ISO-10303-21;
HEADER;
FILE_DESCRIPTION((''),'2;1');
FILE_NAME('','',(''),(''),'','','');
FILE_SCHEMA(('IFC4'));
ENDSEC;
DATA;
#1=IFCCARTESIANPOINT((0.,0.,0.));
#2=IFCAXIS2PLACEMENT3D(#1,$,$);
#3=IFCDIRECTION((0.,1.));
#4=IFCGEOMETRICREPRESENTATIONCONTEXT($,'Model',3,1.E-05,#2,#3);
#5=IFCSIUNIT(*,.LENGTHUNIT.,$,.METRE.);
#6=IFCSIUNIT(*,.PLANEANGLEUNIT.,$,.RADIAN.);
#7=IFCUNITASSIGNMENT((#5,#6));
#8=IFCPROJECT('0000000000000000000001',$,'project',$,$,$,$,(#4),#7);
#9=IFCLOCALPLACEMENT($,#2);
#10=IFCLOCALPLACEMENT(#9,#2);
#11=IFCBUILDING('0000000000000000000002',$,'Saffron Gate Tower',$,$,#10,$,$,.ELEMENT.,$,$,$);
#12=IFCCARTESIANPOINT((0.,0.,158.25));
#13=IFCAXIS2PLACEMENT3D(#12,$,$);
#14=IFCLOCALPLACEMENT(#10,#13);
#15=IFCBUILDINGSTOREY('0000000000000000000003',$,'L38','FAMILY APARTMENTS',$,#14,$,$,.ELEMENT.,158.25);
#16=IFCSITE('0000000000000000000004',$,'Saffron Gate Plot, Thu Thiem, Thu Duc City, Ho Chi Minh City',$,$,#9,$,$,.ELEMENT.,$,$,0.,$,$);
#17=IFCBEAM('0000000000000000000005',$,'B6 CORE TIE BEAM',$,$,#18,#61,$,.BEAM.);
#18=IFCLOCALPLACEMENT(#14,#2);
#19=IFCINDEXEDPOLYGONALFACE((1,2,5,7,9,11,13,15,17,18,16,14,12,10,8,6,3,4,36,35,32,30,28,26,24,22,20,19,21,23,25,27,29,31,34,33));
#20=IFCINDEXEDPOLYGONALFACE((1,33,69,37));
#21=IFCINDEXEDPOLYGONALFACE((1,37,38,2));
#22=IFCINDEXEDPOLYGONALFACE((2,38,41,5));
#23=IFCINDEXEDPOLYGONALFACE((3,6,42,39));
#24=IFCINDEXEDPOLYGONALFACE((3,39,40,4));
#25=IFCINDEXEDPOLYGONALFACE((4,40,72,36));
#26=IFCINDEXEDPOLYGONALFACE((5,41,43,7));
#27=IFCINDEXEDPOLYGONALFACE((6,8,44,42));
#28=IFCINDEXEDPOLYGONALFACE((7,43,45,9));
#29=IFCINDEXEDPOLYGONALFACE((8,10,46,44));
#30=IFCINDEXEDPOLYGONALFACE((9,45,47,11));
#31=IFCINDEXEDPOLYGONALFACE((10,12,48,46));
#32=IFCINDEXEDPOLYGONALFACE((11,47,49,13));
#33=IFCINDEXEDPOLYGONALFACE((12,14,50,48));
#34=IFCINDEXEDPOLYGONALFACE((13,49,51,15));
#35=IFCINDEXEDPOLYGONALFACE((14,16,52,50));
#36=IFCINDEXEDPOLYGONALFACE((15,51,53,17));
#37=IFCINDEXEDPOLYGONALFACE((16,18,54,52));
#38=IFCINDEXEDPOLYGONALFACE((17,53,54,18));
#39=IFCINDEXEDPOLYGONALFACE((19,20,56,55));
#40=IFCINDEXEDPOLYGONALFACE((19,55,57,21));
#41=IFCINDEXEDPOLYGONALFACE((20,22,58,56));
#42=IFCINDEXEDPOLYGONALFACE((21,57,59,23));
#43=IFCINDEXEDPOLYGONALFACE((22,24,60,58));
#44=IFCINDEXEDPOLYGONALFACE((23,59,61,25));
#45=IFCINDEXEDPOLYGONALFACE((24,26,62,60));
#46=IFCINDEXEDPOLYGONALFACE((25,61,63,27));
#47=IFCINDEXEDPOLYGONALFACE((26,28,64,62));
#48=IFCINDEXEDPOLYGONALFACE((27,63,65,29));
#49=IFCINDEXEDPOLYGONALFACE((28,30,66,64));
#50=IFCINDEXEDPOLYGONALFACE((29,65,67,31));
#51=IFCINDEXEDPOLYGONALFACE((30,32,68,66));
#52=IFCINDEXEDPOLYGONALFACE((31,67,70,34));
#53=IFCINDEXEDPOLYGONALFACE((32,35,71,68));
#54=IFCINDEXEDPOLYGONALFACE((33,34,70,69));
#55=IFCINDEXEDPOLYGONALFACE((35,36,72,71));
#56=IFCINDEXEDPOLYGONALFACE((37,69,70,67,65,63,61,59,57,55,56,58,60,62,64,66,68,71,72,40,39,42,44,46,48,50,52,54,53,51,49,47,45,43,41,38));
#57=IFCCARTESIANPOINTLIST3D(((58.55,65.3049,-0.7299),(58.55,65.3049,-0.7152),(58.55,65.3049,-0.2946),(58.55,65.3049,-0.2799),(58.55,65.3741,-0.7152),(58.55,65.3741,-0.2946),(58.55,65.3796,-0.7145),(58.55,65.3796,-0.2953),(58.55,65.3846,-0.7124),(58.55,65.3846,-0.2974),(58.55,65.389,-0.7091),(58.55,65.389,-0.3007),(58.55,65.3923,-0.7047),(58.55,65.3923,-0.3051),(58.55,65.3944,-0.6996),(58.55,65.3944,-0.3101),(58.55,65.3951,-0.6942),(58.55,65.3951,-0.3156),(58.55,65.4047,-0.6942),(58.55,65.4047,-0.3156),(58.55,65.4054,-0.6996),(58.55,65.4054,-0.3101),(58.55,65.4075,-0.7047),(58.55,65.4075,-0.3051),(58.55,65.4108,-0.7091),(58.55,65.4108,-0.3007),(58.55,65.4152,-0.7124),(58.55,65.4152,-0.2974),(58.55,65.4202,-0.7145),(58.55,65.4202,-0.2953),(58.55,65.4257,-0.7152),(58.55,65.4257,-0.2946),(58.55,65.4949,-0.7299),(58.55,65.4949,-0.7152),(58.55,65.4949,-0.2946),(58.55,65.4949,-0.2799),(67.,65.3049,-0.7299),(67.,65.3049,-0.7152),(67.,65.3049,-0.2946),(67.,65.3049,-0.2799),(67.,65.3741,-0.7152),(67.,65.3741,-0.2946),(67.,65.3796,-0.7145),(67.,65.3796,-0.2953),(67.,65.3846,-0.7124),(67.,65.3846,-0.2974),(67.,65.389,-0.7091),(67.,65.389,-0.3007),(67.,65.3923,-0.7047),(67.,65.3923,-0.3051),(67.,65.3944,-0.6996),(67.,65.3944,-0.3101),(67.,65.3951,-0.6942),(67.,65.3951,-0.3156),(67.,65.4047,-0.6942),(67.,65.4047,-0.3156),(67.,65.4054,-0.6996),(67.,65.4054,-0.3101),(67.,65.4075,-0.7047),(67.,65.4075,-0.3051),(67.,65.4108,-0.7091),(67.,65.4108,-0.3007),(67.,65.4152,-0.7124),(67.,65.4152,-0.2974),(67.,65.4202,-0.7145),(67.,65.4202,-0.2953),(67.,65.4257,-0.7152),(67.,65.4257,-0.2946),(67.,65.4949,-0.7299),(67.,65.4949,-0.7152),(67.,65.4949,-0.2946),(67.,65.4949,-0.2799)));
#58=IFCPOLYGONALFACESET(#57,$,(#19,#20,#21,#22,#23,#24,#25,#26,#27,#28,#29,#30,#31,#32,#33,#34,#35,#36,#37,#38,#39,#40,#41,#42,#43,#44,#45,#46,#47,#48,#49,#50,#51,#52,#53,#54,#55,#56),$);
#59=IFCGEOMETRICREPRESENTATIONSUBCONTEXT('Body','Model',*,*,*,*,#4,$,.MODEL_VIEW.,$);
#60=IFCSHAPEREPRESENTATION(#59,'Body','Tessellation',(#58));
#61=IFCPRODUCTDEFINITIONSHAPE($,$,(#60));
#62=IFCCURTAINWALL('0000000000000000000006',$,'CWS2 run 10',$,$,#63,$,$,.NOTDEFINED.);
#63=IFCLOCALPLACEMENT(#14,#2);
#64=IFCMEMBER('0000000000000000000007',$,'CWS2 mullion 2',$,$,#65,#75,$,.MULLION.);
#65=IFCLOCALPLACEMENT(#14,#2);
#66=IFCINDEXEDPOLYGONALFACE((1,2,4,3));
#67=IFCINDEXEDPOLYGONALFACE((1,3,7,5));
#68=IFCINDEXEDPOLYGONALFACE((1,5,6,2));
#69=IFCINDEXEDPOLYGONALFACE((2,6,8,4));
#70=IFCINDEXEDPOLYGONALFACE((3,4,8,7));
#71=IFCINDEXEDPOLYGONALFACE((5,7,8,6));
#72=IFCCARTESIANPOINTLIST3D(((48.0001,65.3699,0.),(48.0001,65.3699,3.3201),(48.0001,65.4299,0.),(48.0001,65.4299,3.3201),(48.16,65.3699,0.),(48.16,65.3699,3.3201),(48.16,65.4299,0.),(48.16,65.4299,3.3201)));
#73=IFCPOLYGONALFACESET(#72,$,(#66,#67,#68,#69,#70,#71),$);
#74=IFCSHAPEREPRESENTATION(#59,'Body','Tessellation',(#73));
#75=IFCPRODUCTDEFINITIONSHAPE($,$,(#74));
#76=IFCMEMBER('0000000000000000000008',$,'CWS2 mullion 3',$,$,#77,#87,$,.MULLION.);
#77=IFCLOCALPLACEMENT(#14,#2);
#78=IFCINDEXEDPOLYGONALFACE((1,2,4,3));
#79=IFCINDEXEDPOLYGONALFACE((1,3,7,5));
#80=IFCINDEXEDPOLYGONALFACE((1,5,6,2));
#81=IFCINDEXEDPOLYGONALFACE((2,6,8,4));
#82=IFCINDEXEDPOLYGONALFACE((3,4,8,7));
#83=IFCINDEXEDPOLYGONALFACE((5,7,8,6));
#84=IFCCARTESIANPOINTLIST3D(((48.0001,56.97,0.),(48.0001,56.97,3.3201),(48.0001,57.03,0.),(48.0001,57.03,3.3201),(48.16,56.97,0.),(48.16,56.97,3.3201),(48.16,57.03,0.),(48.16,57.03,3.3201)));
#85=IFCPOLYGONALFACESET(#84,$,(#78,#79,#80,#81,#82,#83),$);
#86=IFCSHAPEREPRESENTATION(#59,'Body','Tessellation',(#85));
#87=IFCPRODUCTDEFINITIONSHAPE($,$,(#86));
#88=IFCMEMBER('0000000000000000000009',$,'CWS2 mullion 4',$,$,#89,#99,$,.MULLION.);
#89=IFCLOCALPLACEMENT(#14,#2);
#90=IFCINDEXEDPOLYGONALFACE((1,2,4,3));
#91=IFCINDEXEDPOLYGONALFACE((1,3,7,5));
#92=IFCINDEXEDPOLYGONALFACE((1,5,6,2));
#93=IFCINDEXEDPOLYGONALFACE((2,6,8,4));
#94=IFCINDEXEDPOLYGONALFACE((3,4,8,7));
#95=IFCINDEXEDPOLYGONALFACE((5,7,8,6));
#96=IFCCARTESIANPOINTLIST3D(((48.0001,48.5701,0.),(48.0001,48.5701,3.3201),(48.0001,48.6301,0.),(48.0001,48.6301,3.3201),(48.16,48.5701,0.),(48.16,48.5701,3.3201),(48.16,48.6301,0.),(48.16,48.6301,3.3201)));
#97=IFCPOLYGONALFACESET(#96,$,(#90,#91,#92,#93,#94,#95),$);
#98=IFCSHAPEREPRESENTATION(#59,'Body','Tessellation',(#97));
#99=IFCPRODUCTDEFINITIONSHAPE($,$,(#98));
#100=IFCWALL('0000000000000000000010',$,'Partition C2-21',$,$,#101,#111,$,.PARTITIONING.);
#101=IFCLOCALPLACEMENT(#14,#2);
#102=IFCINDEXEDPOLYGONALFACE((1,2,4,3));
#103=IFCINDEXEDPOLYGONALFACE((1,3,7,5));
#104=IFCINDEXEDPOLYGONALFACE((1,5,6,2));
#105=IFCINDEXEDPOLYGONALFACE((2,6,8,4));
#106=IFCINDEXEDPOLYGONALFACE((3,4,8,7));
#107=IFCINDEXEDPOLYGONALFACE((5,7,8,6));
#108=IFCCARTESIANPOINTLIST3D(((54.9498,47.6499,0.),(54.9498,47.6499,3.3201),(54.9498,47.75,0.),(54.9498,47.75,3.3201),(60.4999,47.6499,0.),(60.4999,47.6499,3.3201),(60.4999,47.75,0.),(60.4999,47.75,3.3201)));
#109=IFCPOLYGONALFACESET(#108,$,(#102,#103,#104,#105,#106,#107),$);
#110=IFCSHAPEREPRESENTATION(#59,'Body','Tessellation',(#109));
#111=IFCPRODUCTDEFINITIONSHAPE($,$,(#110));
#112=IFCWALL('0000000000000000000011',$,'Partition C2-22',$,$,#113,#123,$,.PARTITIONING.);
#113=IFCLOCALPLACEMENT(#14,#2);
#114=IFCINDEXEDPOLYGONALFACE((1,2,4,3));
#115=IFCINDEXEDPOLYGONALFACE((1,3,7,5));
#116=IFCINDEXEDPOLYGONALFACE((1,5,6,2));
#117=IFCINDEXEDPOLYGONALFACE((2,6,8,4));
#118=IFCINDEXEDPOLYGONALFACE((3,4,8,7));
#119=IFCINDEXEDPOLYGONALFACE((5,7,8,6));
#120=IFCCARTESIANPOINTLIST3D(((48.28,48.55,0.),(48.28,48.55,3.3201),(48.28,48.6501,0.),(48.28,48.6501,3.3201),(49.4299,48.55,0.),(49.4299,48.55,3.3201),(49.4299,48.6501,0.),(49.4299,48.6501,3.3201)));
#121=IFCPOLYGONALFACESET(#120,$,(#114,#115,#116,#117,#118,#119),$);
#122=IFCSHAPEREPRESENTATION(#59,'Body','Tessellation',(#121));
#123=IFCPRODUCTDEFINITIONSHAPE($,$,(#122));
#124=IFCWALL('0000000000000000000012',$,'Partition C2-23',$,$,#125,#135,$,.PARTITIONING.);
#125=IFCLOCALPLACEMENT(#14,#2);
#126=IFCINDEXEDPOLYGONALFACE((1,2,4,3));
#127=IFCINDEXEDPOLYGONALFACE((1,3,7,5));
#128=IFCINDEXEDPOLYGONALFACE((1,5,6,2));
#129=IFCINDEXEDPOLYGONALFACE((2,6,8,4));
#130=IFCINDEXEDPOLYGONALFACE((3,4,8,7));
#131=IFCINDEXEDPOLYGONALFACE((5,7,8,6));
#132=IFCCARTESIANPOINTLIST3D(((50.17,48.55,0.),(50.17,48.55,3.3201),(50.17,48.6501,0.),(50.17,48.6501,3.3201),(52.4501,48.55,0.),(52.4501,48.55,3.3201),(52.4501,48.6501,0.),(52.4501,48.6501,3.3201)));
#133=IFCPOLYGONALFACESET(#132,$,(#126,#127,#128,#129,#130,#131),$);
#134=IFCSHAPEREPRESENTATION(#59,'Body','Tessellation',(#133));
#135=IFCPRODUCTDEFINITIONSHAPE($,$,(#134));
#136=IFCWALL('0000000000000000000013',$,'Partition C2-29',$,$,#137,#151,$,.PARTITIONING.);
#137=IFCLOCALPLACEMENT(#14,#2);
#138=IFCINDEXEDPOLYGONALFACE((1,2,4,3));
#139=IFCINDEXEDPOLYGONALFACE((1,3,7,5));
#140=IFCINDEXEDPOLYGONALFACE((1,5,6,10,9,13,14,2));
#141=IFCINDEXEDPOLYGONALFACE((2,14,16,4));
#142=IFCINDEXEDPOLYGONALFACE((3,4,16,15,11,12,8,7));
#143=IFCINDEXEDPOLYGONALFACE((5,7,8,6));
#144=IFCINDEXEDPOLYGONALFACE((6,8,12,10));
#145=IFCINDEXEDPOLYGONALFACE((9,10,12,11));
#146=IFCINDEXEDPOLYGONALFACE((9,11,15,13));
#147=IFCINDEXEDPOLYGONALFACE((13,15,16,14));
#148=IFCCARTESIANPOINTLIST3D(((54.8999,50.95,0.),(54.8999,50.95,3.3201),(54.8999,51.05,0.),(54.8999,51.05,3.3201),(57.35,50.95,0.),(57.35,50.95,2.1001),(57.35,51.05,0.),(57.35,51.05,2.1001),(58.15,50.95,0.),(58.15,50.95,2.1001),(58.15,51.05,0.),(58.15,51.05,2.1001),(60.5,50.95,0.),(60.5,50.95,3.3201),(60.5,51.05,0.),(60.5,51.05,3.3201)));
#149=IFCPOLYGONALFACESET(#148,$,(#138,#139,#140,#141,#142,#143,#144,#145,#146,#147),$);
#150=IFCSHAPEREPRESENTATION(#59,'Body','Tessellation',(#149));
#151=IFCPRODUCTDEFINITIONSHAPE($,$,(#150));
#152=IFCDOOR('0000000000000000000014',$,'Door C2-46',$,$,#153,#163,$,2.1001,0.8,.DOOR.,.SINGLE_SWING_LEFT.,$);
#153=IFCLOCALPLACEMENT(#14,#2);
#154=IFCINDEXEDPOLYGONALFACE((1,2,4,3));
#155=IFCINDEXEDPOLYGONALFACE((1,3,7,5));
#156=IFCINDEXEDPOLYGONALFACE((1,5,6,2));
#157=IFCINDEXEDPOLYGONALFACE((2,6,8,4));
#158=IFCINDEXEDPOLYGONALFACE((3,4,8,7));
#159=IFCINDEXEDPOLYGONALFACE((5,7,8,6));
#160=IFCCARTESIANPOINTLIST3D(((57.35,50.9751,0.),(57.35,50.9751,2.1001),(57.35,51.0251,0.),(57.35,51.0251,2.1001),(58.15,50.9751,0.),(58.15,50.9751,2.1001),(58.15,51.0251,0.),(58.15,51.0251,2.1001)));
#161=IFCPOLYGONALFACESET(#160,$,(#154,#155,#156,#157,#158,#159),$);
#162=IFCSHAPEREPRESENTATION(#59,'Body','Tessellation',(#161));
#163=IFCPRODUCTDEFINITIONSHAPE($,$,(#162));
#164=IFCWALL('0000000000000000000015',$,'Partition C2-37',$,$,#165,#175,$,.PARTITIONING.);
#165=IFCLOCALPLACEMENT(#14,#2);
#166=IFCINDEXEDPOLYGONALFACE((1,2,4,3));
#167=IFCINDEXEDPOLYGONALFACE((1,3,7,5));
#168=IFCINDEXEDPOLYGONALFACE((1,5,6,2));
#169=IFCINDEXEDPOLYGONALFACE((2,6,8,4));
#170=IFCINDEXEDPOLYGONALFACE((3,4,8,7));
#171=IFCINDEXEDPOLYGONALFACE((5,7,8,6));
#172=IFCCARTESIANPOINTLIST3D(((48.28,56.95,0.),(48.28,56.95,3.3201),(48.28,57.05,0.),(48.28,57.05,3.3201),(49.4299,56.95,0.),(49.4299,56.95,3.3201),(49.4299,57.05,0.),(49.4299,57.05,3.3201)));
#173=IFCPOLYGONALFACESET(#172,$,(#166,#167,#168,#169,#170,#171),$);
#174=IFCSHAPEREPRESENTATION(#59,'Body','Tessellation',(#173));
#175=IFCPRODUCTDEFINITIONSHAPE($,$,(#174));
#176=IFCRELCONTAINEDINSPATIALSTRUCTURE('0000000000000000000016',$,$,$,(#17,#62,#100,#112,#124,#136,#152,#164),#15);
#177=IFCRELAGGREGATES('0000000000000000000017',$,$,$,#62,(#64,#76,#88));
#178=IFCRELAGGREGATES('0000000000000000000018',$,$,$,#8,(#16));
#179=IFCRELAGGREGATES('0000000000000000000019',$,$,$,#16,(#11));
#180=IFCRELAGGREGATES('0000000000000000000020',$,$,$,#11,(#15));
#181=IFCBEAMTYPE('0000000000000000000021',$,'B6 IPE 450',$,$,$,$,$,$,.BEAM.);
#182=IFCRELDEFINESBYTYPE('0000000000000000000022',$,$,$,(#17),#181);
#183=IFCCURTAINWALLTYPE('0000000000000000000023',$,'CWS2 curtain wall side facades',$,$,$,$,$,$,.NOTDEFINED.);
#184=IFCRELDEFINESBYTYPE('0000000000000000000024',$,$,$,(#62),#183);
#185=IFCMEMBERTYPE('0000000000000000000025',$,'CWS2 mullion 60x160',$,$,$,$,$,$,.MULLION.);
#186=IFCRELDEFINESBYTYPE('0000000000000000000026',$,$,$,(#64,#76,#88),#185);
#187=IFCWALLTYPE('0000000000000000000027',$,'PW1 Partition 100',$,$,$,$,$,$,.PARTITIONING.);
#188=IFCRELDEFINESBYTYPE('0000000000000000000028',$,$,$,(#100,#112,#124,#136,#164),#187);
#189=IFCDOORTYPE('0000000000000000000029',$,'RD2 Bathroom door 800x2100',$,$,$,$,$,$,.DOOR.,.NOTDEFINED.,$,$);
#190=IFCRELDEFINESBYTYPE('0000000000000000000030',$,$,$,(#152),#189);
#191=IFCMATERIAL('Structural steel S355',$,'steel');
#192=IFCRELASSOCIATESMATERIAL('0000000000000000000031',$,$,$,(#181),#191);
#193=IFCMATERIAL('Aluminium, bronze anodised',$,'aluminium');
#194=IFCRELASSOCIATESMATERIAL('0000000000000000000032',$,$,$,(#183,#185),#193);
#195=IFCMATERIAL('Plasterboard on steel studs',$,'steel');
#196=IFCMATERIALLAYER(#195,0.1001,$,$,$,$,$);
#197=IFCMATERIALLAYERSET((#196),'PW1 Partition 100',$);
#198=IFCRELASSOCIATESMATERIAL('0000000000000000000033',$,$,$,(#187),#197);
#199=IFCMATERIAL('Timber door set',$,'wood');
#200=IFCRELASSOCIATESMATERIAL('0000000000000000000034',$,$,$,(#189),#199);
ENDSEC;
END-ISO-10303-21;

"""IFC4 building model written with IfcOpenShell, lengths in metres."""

from ifc_helpers import new_model, si_unit, direction, frame, frame_2d, origin, origin_2d, place, context, subcontext, project, spatial, rectangle, i_section, extrude, material, layer, layer_set, material_profile, profile_set, type_object, element, fill, aggregate, save


model = new_model("IFC4")

# Units and contexts
model_context = context("Model", 3, precision=1e-05, world=origin(), true_north=direction((0.0, 1.0)))
body_context = subcontext(model_context, "Body", "Model", "MODEL_VIEW")
ifc_project = project(units=[si_unit("LENGTHUNIT", "METRE"), si_unit("PLANEANGLEUNIT", "RADIAN")], contexts=[model_context])

# Site, building, storey
site_placement = place(None, origin())
site = spatial("IfcSite", under=ifc_project, at=site_placement, Name="Saffron Gate Plot, Thu Thiem, Thu Duc City, Ho Chi Minh City", CompositionType="ELEMENT", RefElevation=0.0)
building_placement = place(site_placement, origin())
building = spatial("IfcBuilding", under=site, at=building_placement, Name="Saffron Gate Tower", CompositionType="ELEMENT")
storey_placement = place(building_placement, frame((0.0, 0.0, 158.25)))
storey = spatial("IfcBuildingStorey", under=building, at=storey_placement, Name="L38", Description="FAMILY APARTMENTS", CompositionType="ELEMENT", Elevation=158.25)

# Beam
ifc_material_1 = material(Name="Structural steel S355", Category="steel")
ifc_material_profile_1 = material_profile(ifc_material_1, i_section(OverallWidth=0.1899, OverallDepth=0.45, WebThickness=0.0095, FlangeThickness=0.0146, FilletRadius=0.021, at=origin_2d()))
ifc_profile_set_1 = profile_set([ifc_material_profile_1], Name="Structural steel S355")
beam_type_1 = type_object("IfcBeamType", Name="B6 IPE 450", PredefinedType="BEAM", material=ifc_profile_set_1)
beam_1_placement = place(storey_placement, frame((58.55, 65.3999, -0.5049), z_axis=(1.0, 0.0, 0.0), x_axis=(0.0, 1.0, 0.0)))
element("IfcBeam", 1, at=beam_1_placement, inside=storey, type_object=beam_type_1, Name="B6 CORE TIE BEAM", PredefinedType="BEAM", context=body_context, shape_type="SweptSolid", body=[
    extrude(i_section(OverallWidth=0.1899, OverallDepth=0.45, WebThickness=0.0095, FlangeThickness=0.0146, FilletRadius=0.021, at=origin_2d()), origin(), (0.0, 0.0, 1.0), 8.45),
])

# Curtain wall, members
ifc_material_2 = material(Name="Aluminium, bronze anodised", Category="aluminium")
curtain_wall_type = type_object("IfcCurtainWallType", Name="CWS2 curtain wall side facades", PredefinedType="NOTDEFINED", material=ifc_material_2)
curtain_wall_placement = place(storey_placement, origin())
curtain_wall = element("IfcCurtainWall", 2, at=curtain_wall_placement, inside=storey, type_object=curtain_wall_type, Name="CWS2 run 10", PredefinedType="NOTDEFINED")
ifc_material_profile_2 = material_profile(ifc_material_2, rectangle(XDim=0.1599, YDim=0.0601, at=origin_2d()))
ifc_profile_set_2 = profile_set([ifc_material_profile_2], Name="Aluminium, bronze anodised")
member_type = type_object("IfcMemberType", Name="CWS2 mullion 60x160", PredefinedType="MULLION", material=ifc_profile_set_2)
member_1_placement = place(storey_placement, frame((48.0801, 65.3999, 0.0), z_axis=(0.0, 0.0, 1.0), x_axis=(1.0, 0.0, 0.0)))
member_1 = element("IfcMember", 3, at=member_1_placement, type_object=member_type, Name="CWS2 mullion 2", PredefinedType="MULLION", context=body_context, shape_type="SweptSolid", body=[
    extrude(rectangle(XDim=0.1599, YDim=0.0601, at=origin_2d()), origin(), (0.0, 0.0, 1.0), 3.3201),
])
member_2_placement = place(storey_placement, frame((48.0801, 57.0, 0.0), z_axis=(0.0, 0.0, 1.0), x_axis=(1.0, 0.0, 0.0)))
member_2 = element("IfcMember", 4, at=member_2_placement, type_object=member_type, Name="CWS2 mullion 3", PredefinedType="MULLION", context=body_context, shape_type="SweptSolid", body=[
    extrude(rectangle(XDim=0.1599, YDim=0.0601, at=origin_2d()), origin(), (0.0, 0.0, 1.0), 3.3201),
])
member_3_placement = place(storey_placement, frame((48.0801, 48.6001, 0.0), z_axis=(0.0, 0.0, 1.0), x_axis=(1.0, 0.0, 0.0)))
member_3 = element("IfcMember", 5, at=member_3_placement, type_object=member_type, Name="CWS2 mullion 4", PredefinedType="MULLION", context=body_context, shape_type="SweptSolid", body=[
    extrude(rectangle(XDim=0.1599, YDim=0.0601, at=origin_2d()), origin(), (0.0, 0.0, 1.0), 3.3201),
])
aggregate(curtain_wall, [member_1, member_2, member_3])

# Walls
ifc_material_3 = material(Name="Plasterboard on steel studs", Category="steel")
ifc_layer_1 = layer(ifc_material_3, 0.1001)
ifc_layer_set_1 = layer_set([ifc_layer_1], Name="PW1 Partition 100")
wall_type_1 = type_object("IfcWallType", Name="PW1 Partition 100", PredefinedType="PARTITIONING", material=ifc_layer_set_1)
wall_1_placement = place(storey_placement, frame((54.95, 47.7, 0.0), z_axis=(0.0, 0.0, 1.0), x_axis=(1.0, 0.0, 0.0)))
element("IfcWall", 6, at=wall_1_placement, inside=storey, type_object=wall_type_1, Name="Partition C2-21", PredefinedType="PARTITIONING", context=body_context, shape_type="SweptSolid", body=[
    extrude(rectangle(XDim=5.55, YDim=0.1001, at=frame_2d((2.7749, 0.0))), origin(), (0.0, 0.0, 1.0), 3.3201),
])
wall_2_placement = place(storey_placement, frame((48.28, 48.6001, 0.0), z_axis=(0.0, 0.0, 1.0), x_axis=(1.0, 0.0, 0.0)))
element("IfcWall", 7, at=wall_2_placement, inside=storey, type_object=wall_type_1, Name="Partition C2-22", PredefinedType="PARTITIONING", context=body_context, shape_type="SweptSolid", body=[
    extrude(rectangle(XDim=1.1499, YDim=0.1001, at=frame_2d((0.575, 0.0))), origin(), (0.0, 0.0, 1.0), 3.3201),
])
wall_3_placement = place(storey_placement, frame((50.1699, 48.6001, 0.0), z_axis=(0.0, 0.0, 1.0), x_axis=(1.0, 0.0, 0.0)))
element("IfcWall", 8, at=wall_3_placement, inside=storey, type_object=wall_type_1, Name="Partition C2-23", PredefinedType="PARTITIONING", context=body_context, shape_type="SweptSolid", body=[
    extrude(rectangle(XDim=2.28, YDim=0.1001, at=frame_2d((1.1401, 0.0))), origin(), (0.0, 0.0, 1.0), 3.3201),
])

# Wall, opening, door
wall_4_placement = place(storey_placement, frame((60.5, 51.0, 0.0), z_axis=(0.0, 0.0, 1.0), x_axis=(-1.0, 0.0, 0.0)))
wall_4 = element("IfcWall", 9, at=wall_4_placement, inside=storey, type_object=wall_type_1, Name="Partition C2-29", PredefinedType="PARTITIONING", context=body_context, shape_type="SweptSolid", body=[
    extrude(rectangle(XDim=5.6001, YDim=0.1001, at=frame_2d((2.8, 0.0))), origin(), (0.0, 0.0, 1.0), 3.3201),
])
opening_1_placement = place(wall_4_placement, frame((2.3501, 0.0, 0.0)))
opening_1 = element("IfcOpeningElement", 10, at=opening_1_placement, cuts=wall_4, PredefinedType="OPENING", context=body_context, shape_type="SweptSolid", body=[
    extrude(rectangle(XDim=0.8, YDim=2.1001, at=frame_2d((0.3999, 1.05))), frame((0.0, 0.0601, 0.0), z_axis=(0.0, -1.0, 0.0), x_axis=(1.0, 0.0, 0.0)), (0.0, 0.0, 1.0), 0.1201),
])
ifc_material_4 = material(Name="Timber door set", Category="wood")
door_type_1 = type_object("IfcDoorType", Name="RD2 Bathroom door 800x2100", OperationType="NOTDEFINED", PredefinedType="DOOR", material=ifc_material_4)
door_1_placement = place(opening_1_placement, origin())
door_1 = element("IfcDoor", 11, at=door_1_placement, inside=storey, type_object=door_type_1, Name="Door C2-46", OperationType="SINGLE_SWING_LEFT", OverallHeight=2.1001, OverallWidth=0.8, PredefinedType="DOOR", context=body_context, shape_type="SweptSolid", body=[
    extrude(rectangle(XDim=0.8, YDim=2.1001, at=frame_2d((0.3999, 1.05))), frame((0.0, 0.0249, 0.0), z_axis=(0.0, -1.0, 0.0), x_axis=(1.0, 0.0, 0.0)), (0.0, 0.0, 1.0), 0.05),
])
fill(opening_1, door_1)

# Wall
wall_5_placement = place(storey_placement, frame((48.28, 57.0, 0.0), z_axis=(0.0, 0.0, 1.0), x_axis=(1.0, 0.0, 0.0)))
element("IfcWall", 12, at=wall_5_placement, inside=storey, type_object=wall_type_1, Name="Partition C2-37", PredefinedType="PARTITIONING", context=body_context, shape_type="SweptSolid", body=[
    extrude(rectangle(XDim=1.1499, YDim=0.1001, at=frame_2d((0.575, 0.0))), origin(), (0.0, 0.0, 1.0), 3.3201),
])

save(model, "model.ifc")
